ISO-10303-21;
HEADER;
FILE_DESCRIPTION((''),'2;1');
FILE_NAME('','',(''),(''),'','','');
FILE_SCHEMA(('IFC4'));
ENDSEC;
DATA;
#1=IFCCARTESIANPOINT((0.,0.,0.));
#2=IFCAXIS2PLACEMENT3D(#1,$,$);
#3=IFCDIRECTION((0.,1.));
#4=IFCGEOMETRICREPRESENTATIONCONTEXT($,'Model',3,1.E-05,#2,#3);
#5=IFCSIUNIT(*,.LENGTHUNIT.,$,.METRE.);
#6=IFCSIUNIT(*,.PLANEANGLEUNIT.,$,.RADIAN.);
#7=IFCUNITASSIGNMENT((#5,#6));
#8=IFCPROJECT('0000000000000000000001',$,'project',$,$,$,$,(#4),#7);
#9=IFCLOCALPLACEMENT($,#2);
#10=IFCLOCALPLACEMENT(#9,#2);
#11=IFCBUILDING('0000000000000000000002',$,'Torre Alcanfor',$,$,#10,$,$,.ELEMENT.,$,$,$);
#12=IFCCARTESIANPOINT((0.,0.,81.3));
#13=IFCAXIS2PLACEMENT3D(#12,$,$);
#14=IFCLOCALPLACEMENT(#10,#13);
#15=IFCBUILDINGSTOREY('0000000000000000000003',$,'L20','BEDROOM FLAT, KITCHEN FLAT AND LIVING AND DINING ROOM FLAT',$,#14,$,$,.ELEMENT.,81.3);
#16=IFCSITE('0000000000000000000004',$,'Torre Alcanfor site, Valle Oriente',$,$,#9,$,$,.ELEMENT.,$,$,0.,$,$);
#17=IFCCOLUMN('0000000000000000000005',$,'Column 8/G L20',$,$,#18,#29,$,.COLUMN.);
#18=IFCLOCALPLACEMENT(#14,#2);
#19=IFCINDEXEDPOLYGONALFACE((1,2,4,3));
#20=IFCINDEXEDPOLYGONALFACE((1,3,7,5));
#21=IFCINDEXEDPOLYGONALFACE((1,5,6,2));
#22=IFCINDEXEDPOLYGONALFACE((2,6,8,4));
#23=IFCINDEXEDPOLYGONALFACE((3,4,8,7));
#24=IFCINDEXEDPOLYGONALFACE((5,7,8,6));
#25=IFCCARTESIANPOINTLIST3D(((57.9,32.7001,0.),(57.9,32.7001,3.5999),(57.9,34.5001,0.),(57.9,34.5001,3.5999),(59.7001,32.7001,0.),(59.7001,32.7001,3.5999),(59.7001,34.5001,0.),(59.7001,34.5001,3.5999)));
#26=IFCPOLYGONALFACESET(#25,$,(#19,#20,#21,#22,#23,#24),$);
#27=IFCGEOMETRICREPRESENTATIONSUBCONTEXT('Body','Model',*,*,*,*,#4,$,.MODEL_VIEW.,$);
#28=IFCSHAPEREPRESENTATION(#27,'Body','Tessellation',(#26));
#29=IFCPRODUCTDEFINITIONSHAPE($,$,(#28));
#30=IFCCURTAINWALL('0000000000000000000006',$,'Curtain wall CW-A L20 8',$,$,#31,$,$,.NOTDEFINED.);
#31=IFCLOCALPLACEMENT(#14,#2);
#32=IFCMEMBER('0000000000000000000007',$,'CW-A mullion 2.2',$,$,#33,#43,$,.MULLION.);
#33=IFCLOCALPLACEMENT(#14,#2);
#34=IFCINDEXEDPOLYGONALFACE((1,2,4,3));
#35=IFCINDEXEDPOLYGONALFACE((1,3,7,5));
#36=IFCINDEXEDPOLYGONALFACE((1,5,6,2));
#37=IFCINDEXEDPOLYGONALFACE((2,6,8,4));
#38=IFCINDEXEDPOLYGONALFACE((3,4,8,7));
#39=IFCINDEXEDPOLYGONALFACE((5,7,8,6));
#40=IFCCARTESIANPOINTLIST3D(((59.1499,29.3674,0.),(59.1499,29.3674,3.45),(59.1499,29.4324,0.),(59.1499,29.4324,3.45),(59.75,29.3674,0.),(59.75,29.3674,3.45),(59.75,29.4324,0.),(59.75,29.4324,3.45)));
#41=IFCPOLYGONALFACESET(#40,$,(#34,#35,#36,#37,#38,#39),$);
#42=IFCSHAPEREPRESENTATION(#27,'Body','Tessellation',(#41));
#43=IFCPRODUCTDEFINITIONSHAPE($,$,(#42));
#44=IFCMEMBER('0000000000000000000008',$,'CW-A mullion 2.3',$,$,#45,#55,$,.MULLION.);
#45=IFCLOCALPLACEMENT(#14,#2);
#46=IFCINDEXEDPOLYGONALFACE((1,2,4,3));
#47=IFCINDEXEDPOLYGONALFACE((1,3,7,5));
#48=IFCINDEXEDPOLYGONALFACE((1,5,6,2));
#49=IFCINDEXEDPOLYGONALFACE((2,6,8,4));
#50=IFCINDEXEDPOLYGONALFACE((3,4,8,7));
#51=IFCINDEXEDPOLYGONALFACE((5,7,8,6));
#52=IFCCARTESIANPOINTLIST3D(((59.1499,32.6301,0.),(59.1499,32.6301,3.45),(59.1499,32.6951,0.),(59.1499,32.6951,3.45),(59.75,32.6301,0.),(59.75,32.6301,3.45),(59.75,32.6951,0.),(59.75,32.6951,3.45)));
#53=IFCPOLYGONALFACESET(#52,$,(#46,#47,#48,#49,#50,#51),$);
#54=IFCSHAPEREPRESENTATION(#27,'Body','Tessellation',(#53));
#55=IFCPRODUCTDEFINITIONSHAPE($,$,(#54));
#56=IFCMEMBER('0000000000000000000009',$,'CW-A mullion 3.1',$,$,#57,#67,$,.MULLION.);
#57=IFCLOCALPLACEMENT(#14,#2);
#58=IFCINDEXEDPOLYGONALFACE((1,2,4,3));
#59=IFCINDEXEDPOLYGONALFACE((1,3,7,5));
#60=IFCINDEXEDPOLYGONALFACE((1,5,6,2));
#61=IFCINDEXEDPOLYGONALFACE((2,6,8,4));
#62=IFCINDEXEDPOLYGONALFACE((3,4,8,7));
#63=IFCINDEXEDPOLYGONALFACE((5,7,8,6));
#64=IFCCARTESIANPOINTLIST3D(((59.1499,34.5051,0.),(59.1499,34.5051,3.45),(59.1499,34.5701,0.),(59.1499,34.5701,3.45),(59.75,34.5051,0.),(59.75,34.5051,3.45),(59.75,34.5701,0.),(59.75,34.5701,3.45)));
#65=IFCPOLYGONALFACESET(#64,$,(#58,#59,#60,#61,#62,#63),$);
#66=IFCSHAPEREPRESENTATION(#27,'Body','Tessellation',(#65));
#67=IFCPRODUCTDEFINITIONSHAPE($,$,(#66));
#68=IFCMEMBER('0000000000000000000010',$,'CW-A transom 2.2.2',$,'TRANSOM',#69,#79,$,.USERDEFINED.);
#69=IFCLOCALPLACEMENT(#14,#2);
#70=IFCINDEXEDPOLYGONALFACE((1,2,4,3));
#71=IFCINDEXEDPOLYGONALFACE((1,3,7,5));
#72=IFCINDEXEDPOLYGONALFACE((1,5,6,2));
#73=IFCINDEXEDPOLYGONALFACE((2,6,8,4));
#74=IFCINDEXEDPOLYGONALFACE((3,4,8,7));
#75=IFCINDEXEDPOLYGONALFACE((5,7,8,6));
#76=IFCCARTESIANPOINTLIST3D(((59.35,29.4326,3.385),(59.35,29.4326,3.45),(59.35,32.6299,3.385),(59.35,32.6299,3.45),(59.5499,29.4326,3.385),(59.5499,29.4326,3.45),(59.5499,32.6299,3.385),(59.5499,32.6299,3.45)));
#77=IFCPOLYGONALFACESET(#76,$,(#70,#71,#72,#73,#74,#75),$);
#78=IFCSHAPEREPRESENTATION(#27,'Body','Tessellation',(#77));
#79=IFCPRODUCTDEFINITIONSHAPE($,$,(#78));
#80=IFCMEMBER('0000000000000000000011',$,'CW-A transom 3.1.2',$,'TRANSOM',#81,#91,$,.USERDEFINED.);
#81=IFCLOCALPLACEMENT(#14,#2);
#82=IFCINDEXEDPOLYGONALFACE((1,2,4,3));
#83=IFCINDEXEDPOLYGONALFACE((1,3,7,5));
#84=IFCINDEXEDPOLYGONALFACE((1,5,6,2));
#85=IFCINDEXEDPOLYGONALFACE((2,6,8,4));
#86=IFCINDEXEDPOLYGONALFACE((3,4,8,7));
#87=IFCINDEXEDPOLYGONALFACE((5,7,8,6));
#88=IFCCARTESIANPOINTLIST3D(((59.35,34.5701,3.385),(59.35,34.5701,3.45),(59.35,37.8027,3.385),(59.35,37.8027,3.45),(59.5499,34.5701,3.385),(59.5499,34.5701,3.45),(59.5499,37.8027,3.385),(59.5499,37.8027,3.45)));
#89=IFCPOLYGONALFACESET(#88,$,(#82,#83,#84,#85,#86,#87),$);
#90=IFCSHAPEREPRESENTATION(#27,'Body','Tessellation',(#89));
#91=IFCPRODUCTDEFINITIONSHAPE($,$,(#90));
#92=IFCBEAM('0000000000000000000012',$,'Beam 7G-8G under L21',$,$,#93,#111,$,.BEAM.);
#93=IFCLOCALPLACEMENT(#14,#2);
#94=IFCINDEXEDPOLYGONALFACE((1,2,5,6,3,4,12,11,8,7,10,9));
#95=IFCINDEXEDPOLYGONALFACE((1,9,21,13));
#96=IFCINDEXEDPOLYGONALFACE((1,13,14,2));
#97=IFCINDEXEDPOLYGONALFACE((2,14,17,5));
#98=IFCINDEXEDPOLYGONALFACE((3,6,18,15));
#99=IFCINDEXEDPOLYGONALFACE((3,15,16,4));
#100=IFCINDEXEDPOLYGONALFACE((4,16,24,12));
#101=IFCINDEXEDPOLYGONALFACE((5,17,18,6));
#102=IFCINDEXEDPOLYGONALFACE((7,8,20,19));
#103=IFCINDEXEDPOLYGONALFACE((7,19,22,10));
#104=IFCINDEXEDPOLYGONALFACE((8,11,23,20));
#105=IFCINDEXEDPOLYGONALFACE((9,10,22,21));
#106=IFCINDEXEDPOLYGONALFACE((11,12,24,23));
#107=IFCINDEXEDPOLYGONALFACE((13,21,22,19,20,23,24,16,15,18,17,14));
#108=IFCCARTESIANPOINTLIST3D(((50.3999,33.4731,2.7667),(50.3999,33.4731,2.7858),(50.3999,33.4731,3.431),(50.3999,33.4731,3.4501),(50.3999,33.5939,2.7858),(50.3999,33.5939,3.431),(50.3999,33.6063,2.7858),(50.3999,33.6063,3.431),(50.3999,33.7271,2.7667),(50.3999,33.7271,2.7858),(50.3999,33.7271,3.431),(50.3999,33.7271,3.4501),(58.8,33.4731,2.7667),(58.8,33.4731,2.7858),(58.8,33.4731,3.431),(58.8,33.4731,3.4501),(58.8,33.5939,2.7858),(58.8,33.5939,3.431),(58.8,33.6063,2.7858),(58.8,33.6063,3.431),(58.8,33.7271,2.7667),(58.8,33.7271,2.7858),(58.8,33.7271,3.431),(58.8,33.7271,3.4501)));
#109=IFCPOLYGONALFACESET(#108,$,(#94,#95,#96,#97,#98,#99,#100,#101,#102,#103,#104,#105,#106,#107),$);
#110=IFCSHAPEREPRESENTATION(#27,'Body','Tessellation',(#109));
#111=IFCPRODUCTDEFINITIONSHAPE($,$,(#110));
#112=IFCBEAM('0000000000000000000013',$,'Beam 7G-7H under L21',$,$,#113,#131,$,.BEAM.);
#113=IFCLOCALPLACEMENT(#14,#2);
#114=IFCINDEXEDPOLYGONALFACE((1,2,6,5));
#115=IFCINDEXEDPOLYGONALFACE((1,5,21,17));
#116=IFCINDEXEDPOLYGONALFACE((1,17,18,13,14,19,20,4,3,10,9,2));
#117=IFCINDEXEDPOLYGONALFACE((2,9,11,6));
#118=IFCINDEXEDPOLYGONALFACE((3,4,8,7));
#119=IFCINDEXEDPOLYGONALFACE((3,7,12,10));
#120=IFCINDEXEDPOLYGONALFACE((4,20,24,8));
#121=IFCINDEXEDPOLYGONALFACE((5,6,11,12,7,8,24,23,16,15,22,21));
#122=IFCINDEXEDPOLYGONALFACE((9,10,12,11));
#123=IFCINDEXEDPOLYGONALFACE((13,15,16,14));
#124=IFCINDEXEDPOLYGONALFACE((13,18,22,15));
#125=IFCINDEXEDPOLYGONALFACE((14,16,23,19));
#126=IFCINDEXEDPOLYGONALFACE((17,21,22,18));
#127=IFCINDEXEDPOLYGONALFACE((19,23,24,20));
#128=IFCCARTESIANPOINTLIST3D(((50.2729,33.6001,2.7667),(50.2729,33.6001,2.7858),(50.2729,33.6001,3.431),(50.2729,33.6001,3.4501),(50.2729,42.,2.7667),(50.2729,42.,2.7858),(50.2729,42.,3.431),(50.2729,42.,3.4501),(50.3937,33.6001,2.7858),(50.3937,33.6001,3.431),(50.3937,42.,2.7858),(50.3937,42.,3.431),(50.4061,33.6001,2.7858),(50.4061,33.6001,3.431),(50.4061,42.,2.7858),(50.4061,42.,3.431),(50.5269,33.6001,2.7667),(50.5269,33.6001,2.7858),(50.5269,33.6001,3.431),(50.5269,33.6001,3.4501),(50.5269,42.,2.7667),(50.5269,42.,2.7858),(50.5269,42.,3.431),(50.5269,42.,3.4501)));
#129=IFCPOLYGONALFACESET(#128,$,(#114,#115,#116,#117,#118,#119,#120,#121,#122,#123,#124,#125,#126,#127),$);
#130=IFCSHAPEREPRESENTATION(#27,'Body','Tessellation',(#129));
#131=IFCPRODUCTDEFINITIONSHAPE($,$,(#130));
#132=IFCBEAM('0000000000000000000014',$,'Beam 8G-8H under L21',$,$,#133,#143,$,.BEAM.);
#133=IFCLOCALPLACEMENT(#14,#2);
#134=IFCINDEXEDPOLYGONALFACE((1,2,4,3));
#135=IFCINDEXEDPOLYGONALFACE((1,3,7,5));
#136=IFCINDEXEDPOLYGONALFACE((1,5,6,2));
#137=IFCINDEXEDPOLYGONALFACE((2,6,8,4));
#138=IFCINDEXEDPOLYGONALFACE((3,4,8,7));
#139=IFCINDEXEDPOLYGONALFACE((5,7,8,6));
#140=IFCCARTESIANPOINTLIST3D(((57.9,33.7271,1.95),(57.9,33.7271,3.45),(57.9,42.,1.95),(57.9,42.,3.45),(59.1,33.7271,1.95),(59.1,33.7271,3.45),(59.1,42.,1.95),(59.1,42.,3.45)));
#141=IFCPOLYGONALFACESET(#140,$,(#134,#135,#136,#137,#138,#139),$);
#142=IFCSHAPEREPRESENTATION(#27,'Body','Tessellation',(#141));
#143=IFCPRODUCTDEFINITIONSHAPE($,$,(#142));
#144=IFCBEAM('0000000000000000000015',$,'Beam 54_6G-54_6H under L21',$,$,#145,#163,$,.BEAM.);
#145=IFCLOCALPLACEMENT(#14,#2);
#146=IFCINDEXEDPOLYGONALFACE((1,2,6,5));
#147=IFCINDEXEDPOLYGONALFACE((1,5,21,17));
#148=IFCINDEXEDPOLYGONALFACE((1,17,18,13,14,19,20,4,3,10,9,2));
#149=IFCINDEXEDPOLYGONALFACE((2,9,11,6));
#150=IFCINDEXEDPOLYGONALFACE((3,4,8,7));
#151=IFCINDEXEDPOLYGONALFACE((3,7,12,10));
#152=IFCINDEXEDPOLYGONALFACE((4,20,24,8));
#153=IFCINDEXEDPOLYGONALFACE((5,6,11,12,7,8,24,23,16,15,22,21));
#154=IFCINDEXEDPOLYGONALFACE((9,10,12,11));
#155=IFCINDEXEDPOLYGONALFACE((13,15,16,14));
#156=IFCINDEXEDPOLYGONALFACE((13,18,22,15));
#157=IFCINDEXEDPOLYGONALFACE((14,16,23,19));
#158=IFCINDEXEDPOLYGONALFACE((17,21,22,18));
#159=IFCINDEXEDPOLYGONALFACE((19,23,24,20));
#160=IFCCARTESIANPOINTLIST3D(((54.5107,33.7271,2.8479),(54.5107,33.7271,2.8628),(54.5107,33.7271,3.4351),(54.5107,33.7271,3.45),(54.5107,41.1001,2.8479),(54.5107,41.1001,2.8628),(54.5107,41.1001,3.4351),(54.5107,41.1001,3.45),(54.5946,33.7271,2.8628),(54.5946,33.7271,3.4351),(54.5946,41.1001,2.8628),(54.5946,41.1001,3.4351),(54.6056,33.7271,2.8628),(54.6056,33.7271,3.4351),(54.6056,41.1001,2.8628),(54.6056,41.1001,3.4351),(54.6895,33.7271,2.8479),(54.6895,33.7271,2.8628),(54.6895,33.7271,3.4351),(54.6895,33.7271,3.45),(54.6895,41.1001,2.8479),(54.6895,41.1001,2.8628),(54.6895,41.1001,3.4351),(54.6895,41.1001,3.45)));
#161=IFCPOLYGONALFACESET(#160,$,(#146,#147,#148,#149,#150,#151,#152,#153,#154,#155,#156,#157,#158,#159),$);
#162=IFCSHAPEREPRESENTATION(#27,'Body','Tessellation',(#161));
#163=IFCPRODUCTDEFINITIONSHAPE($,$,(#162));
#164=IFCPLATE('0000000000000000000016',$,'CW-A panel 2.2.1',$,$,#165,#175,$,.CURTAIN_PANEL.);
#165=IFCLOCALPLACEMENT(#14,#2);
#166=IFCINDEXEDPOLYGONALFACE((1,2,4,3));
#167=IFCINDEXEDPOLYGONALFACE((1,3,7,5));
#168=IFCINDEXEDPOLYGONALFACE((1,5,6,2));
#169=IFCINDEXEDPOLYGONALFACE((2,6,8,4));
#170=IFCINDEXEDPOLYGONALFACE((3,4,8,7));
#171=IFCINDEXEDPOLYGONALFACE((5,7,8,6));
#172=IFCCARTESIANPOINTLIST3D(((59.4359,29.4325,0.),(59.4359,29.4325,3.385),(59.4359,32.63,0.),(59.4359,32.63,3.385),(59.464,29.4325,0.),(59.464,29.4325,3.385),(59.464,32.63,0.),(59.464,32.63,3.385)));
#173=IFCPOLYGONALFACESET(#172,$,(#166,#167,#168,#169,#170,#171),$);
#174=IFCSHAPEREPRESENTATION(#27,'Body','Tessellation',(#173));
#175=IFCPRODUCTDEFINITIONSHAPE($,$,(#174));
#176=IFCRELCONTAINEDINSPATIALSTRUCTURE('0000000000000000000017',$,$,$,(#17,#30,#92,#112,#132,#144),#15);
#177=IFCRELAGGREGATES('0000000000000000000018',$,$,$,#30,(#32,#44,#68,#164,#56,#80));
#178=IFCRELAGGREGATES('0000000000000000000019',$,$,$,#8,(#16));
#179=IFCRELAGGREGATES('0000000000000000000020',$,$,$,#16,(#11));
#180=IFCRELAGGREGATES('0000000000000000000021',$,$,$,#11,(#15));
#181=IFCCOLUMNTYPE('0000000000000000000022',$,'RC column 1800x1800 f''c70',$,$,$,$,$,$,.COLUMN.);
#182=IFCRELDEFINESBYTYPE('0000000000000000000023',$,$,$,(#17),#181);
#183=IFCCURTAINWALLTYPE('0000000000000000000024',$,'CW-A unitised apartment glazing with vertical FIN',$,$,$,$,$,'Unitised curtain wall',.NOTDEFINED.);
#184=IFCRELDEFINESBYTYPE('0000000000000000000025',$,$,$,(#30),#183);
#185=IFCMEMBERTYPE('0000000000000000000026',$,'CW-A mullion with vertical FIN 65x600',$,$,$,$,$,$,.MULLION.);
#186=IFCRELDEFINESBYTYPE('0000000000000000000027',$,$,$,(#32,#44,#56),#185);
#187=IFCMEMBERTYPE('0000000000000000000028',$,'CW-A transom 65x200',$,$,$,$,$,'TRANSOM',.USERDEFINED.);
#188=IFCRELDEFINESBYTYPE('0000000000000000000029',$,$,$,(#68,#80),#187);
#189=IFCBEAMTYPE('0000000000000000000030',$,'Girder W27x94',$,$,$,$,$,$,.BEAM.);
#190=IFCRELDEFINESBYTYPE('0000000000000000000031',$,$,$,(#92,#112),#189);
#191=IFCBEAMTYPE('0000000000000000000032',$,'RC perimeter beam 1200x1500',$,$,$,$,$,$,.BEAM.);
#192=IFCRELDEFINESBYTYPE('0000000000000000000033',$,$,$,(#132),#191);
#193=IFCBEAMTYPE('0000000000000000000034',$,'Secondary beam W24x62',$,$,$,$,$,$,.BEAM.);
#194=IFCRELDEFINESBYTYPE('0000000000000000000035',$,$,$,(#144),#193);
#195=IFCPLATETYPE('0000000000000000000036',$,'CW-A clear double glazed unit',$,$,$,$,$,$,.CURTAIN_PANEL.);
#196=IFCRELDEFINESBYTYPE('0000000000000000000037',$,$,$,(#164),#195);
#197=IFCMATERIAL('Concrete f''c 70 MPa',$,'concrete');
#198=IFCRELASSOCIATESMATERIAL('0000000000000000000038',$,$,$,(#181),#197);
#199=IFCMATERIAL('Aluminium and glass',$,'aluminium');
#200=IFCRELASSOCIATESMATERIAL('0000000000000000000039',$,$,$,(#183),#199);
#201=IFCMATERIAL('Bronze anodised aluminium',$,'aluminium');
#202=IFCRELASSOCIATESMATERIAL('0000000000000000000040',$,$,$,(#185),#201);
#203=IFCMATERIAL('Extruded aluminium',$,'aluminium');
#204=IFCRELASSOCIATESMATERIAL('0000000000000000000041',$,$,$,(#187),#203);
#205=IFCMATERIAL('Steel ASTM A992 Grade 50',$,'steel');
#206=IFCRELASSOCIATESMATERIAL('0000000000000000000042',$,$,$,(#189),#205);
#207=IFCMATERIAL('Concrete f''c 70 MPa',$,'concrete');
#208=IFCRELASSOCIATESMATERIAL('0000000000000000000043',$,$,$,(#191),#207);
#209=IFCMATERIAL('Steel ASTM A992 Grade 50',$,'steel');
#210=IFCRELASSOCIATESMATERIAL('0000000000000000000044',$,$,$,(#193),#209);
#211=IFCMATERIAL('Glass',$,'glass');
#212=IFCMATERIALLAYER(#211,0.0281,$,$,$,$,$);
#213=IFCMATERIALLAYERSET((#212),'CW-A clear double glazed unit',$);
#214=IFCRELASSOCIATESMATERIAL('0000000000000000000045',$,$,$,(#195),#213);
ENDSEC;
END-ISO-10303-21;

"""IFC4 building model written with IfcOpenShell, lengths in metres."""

from ifc_helpers import new_model, si_unit, direction, frame, origin, origin_2d, place, context, subcontext, project, spatial, rectangle, i_section, extrude, material, layer, layer_set, material_profile, profile_set, type_object, element, aggregate, save


model = new_model("IFC4")

# Units and contexts
model_context = context("Model", 3, precision=1e-05, world=origin(), true_north=direction((0.0, 1.0)))
body_context = subcontext(model_context, "Body", "Model", "MODEL_VIEW")
ifc_project = project(units=[si_unit("LENGTHUNIT", "METRE"), si_unit("PLANEANGLEUNIT", "RADIAN")], contexts=[model_context])

# Site, building, storey
site_placement = place(None, origin())
site = spatial("IfcSite", under=ifc_project, at=site_placement, Name="Torre Alcanfor site, Valle Oriente", CompositionType="ELEMENT", RefElevation=0.0)
building_placement = place(site_placement, origin())
building = spatial("IfcBuilding", under=site, at=building_placement, Name="Torre Alcanfor", CompositionType="ELEMENT")
storey_placement = place(building_placement, frame((0.0, 0.0, 81.3)))
storey = spatial("IfcBuildingStorey", under=building, at=storey_placement, Name="L20", Description="BEDROOM FLAT, KITCHEN FLAT AND LIVING AND DINING ROOM FLAT", CompositionType="ELEMENT", Elevation=81.3)

# Column
ifc_material_1 = material(Name="Concrete f'c 70 MPa", Category="concrete")
ifc_material_profile_1 = material_profile(ifc_material_1, rectangle(XDim=1.8, YDim=1.8, at=origin_2d()), Name="1800x1800")
ifc_profile_set_1 = profile_set([ifc_material_profile_1], Name="Concrete f'c 70 MPa")
column_type = type_object("IfcColumnType", Name="RC column 1800x1800 f'c70", PredefinedType="COLUMN", material=ifc_profile_set_1)
column_placement = place(storey_placement, frame((58.8, 33.6001, 0.0), z_axis=(0.0, 0.0, 1.0), x_axis=(1.0, 0.0, 0.0)))
element("IfcColumn", 1, at=column_placement, inside=storey, type_object=column_type, Name="Column 8/G L20", PredefinedType="COLUMN", context=body_context, shape_type="SweptSolid", body=[
    extrude(rectangle(XDim=1.8, YDim=1.8, at=origin_2d()), origin(), (0.0, 0.0, 1.0), 3.5999),
])

# Curtain wall, members
ifc_material_2 = material(Name="Aluminium and glass", Category="aluminium")
curtain_wall_type = type_object("IfcCurtainWallType", Name="CW-A unitised apartment glazing with vertical FIN", ElementType="Unitised curtain wall", PredefinedType="NOTDEFINED", material=ifc_material_2)
curtain_wall_placement = place(storey_placement, origin())
curtain_wall = element("IfcCurtainWall", 2, at=curtain_wall_placement, inside=storey, type_object=curtain_wall_type, Name="Curtain wall CW-A L20 8", PredefinedType="NOTDEFINED")
ifc_material_3 = material(Name="Bronze anodised aluminium", Category="aluminium")
ifc_material_profile_2 = material_profile(ifc_material_3, rectangle(XDim=0.6001, YDim=0.0649, at=origin_2d()), Name="CW-A mullion 65x600")
ifc_profile_set_2 = profile_set([ifc_material_profile_2], Name="Bronze anodised aluminium")
member_type_1 = type_object("IfcMemberType", Name="CW-A mullion with vertical FIN 65x600", PredefinedType="MULLION", material=ifc_profile_set_2)
member_1_placement = place(storey_placement, frame((59.45, 29.3999, 0.0), z_axis=(0.0, 0.0, 1.0), x_axis=(-1.0, 0.0, 0.0)))
member_1 = element("IfcMember", 3, at=member_1_placement, type_object=member_type_1, Name="CW-A mullion 2.2", PredefinedType="MULLION", context=body_context, shape_type="SweptSolid", body=[
    extrude(rectangle(XDim=0.6001, YDim=0.0649, at=origin_2d()), origin(), (0.0, 0.0, 1.0), 3.45),
])
member_2_placement = place(storey_placement, frame((59.45, 32.6626, 0.0), z_axis=(0.0, 0.0, 1.0), x_axis=(-1.0, 0.0, 0.0)))
member_2 = element("IfcMember", 4, at=member_2_placement, type_object=member_type_1, Name="CW-A mullion 2.3", PredefinedType="MULLION", context=body_context, shape_type="SweptSolid", body=[
    extrude(rectangle(XDim=0.6001, YDim=0.0649, at=origin_2d()), origin(), (0.0, 0.0, 1.0), 3.45),
])
member_3_placement = place(storey_placement, frame((59.45, 34.5376, 0.0), z_axis=(0.0, 0.0, 1.0), x_axis=(-1.0, 0.0, 0.0)))
member_3 = element("IfcMember", 5, at=member_3_placement, type_object=member_type_1, Name="CW-A mullion 3.1", PredefinedType="MULLION", context=body_context, shape_type="SweptSolid", body=[
    extrude(rectangle(XDim=0.6001, YDim=0.0649, at=origin_2d()), origin(), (0.0, 0.0, 1.0), 3.45),
])
ifc_material_4 = material(Name="Extruded aluminium", Category="aluminium")
ifc_material_profile_3 = material_profile(ifc_material_4, rectangle(XDim=0.2, YDim=0.0649, at=origin_2d()), Name="CW-A transom 200x65")
ifc_profile_set_3 = profile_set([ifc_material_profile_3], Name="Extruded aluminium")
member_type_2 = type_object("IfcMemberType", Name="CW-A transom 65x200", ElementType="TRANSOM", PredefinedType="USERDEFINED", material=ifc_profile_set_3)
member_4_placement = place(storey_placement, frame((59.45, 29.4326, 3.4175), z_axis=(0.0, 1.0, 0.0), x_axis=(-1.0, 0.0, 0.0)))
member_4 = element("IfcMember", 6, at=member_4_placement, type_object=member_type_2, Name="CW-A transom 2.2.2", ObjectType="TRANSOM", PredefinedType="USERDEFINED", context=body_context, shape_type="SweptSolid", body=[
    extrude(rectangle(XDim=0.2, YDim=0.0649, at=origin_2d()), origin(), (0.0, 0.0, 1.0), 3.1973),
])
member_5_placement = place(storey_placement, frame((59.45, 34.5701, 3.4175), z_axis=(0.0, 1.0, 0.0), x_axis=(-1.0, 0.0, 0.0)))
member_5 = element("IfcMember", 7, at=member_5_placement, type_object=member_type_2, Name="CW-A transom 3.1.2", ObjectType="TRANSOM", PredefinedType="USERDEFINED", context=body_context, shape_type="SweptSolid", body=[
    extrude(rectangle(XDim=0.2, YDim=0.0649, at=origin_2d()), origin(), (0.0, 0.0, 1.0), 3.2327),
])

# Beams
ifc_material_5 = material(Name="Steel ASTM A992 Grade 50", Category="steel")
ifc_material_profile_4 = material_profile(ifc_material_5, i_section(OverallWidth=0.2539, OverallDepth=0.6833, WebThickness=0.0125, FlangeThickness=0.019, at=origin_2d()), Name="W27x94")
ifc_profile_set_4 = profile_set([ifc_material_profile_4], Name="Steel ASTM A992 Grade 50")
beam_type_1 = type_object("IfcBeamType", Name="Girder W27x94", PredefinedType="BEAM", material=ifc_profile_set_4)
beam_1_placement = place(storey_placement, frame((50.3999, 33.6001, 3.1084), z_axis=(1.0, 0.0, 0.0), x_axis=(0.0, 1.0, 0.0)))
element("IfcBeam", 8, at=beam_1_placement, inside=storey, type_object=beam_type_1, Name="Beam 7G-8G under L21", PredefinedType="BEAM", context=body_context, shape_type="SweptSolid", body=[
    extrude(i_section(OverallWidth=0.2539, OverallDepth=0.6833, WebThickness=0.0125, FlangeThickness=0.019, at=origin_2d()), origin(), (0.0, 0.0, 1.0), 8.4001),
])
beam_2_placement = place(storey_placement, frame((50.3999, 33.6001, 3.1084), z_axis=(0.0, 1.0, 0.0), x_axis=(-1.0, 0.0, 0.0)))
element("IfcBeam", 9, at=beam_2_placement, inside=storey, type_object=beam_type_1, Name="Beam 7G-7H under L21", PredefinedType="BEAM", context=body_context, shape_type="SweptSolid", body=[
    extrude(i_section(OverallWidth=0.2539, OverallDepth=0.6833, WebThickness=0.0125, FlangeThickness=0.019, at=origin_2d()), origin(), (0.0, 0.0, 1.0), 8.3999),
])
ifc_material_6 = material(Name="Concrete f'c 70 MPa", Category="concrete")
ifc_material_profile_5 = material_profile(ifc_material_6, rectangle(XDim=1.2, YDim=1.5, at=origin_2d()), Name="1200x1500")
ifc_profile_set_5 = profile_set([ifc_material_profile_5], Name="Concrete f'c 70 MPa")
beam_type_2 = type_object("IfcBeamType", Name="RC perimeter beam 1200x1500", PredefinedType="BEAM", material=ifc_profile_set_5)
beam_3_placement = place(storey_placement, frame((58.5, 33.7271, 2.7), z_axis=(0.0, 1.0, 0.0), x_axis=(-1.0, 0.0, 0.0)))
element("IfcBeam", 10, at=beam_3_placement, inside=storey, type_object=beam_type_2, Name="Beam 8G-8H under L21", PredefinedType="BEAM", context=body_context, shape_type="SweptSolid", body=[
    extrude(rectangle(XDim=1.2, YDim=1.5, at=origin_2d()), origin(), (0.0, 0.0, 1.0), 8.2729),
])
ifc_material_7 = material(Name="Steel ASTM A992 Grade 50", Category="steel")
ifc_material_profile_6 = material_profile(ifc_material_7, i_section(OverallWidth=0.1787, OverallDepth=0.6021, WebThickness=0.011, FlangeThickness=0.0149, at=origin_2d()), Name="W24x62")
ifc_profile_set_6 = profile_set([ifc_material_profile_6], Name="Steel ASTM A992 Grade 50")
beam_type_3 = type_object("IfcBeamType", Name="Secondary beam W24x62", PredefinedType="BEAM", material=ifc_profile_set_6)
beam_4_placement = place(storey_placement, frame((54.6001, 33.7271, 3.1489), z_axis=(0.0, 1.0, 0.0), x_axis=(-1.0, 0.0, 0.0)))
element("IfcBeam", 11, at=beam_4_placement, inside=storey, type_object=beam_type_3, Name="Beam 54_6G-54_6H under L21", PredefinedType="BEAM", context=body_context, shape_type="SweptSolid", body=[
    extrude(i_section(OverallWidth=0.1787, OverallDepth=0.6021, WebThickness=0.011, FlangeThickness=0.0149, at=origin_2d()), origin(), (0.0, 0.0, 1.0), 7.373),
])

# Plate
ifc_material_8 = material(Name="Glass", Category="glass")
ifc_layer_1 = layer(ifc_material_8, 0.0281)
ifc_layer_set_1 = layer_set([ifc_layer_1], Name="CW-A clear double glazed unit")
plate_type = type_object("IfcPlateType", Name="CW-A clear double glazed unit", PredefinedType="CURTAIN_PANEL", material=ifc_layer_set_1)
plate_placement = place(storey_placement, frame((59.45, 31.0312, 0.0), z_axis=(0.0, 0.0, 1.0), x_axis=(0.0, 1.0, 0.0)))
plate = element("IfcPlate", 12, at=plate_placement, type_object=plate_type, Name="CW-A panel 2.2.1", PredefinedType="CURTAIN_PANEL", context=body_context, shape_type="SweptSolid", body=[
    extrude(rectangle(XDim=3.1975, YDim=0.0281, at=origin_2d()), origin(), (0.0, 0.0, 1.0), 3.385),
])
aggregate(curtain_wall, [member_1, member_2, member_4, plate, member_3, member_5])

save(model, "model.ifc")
